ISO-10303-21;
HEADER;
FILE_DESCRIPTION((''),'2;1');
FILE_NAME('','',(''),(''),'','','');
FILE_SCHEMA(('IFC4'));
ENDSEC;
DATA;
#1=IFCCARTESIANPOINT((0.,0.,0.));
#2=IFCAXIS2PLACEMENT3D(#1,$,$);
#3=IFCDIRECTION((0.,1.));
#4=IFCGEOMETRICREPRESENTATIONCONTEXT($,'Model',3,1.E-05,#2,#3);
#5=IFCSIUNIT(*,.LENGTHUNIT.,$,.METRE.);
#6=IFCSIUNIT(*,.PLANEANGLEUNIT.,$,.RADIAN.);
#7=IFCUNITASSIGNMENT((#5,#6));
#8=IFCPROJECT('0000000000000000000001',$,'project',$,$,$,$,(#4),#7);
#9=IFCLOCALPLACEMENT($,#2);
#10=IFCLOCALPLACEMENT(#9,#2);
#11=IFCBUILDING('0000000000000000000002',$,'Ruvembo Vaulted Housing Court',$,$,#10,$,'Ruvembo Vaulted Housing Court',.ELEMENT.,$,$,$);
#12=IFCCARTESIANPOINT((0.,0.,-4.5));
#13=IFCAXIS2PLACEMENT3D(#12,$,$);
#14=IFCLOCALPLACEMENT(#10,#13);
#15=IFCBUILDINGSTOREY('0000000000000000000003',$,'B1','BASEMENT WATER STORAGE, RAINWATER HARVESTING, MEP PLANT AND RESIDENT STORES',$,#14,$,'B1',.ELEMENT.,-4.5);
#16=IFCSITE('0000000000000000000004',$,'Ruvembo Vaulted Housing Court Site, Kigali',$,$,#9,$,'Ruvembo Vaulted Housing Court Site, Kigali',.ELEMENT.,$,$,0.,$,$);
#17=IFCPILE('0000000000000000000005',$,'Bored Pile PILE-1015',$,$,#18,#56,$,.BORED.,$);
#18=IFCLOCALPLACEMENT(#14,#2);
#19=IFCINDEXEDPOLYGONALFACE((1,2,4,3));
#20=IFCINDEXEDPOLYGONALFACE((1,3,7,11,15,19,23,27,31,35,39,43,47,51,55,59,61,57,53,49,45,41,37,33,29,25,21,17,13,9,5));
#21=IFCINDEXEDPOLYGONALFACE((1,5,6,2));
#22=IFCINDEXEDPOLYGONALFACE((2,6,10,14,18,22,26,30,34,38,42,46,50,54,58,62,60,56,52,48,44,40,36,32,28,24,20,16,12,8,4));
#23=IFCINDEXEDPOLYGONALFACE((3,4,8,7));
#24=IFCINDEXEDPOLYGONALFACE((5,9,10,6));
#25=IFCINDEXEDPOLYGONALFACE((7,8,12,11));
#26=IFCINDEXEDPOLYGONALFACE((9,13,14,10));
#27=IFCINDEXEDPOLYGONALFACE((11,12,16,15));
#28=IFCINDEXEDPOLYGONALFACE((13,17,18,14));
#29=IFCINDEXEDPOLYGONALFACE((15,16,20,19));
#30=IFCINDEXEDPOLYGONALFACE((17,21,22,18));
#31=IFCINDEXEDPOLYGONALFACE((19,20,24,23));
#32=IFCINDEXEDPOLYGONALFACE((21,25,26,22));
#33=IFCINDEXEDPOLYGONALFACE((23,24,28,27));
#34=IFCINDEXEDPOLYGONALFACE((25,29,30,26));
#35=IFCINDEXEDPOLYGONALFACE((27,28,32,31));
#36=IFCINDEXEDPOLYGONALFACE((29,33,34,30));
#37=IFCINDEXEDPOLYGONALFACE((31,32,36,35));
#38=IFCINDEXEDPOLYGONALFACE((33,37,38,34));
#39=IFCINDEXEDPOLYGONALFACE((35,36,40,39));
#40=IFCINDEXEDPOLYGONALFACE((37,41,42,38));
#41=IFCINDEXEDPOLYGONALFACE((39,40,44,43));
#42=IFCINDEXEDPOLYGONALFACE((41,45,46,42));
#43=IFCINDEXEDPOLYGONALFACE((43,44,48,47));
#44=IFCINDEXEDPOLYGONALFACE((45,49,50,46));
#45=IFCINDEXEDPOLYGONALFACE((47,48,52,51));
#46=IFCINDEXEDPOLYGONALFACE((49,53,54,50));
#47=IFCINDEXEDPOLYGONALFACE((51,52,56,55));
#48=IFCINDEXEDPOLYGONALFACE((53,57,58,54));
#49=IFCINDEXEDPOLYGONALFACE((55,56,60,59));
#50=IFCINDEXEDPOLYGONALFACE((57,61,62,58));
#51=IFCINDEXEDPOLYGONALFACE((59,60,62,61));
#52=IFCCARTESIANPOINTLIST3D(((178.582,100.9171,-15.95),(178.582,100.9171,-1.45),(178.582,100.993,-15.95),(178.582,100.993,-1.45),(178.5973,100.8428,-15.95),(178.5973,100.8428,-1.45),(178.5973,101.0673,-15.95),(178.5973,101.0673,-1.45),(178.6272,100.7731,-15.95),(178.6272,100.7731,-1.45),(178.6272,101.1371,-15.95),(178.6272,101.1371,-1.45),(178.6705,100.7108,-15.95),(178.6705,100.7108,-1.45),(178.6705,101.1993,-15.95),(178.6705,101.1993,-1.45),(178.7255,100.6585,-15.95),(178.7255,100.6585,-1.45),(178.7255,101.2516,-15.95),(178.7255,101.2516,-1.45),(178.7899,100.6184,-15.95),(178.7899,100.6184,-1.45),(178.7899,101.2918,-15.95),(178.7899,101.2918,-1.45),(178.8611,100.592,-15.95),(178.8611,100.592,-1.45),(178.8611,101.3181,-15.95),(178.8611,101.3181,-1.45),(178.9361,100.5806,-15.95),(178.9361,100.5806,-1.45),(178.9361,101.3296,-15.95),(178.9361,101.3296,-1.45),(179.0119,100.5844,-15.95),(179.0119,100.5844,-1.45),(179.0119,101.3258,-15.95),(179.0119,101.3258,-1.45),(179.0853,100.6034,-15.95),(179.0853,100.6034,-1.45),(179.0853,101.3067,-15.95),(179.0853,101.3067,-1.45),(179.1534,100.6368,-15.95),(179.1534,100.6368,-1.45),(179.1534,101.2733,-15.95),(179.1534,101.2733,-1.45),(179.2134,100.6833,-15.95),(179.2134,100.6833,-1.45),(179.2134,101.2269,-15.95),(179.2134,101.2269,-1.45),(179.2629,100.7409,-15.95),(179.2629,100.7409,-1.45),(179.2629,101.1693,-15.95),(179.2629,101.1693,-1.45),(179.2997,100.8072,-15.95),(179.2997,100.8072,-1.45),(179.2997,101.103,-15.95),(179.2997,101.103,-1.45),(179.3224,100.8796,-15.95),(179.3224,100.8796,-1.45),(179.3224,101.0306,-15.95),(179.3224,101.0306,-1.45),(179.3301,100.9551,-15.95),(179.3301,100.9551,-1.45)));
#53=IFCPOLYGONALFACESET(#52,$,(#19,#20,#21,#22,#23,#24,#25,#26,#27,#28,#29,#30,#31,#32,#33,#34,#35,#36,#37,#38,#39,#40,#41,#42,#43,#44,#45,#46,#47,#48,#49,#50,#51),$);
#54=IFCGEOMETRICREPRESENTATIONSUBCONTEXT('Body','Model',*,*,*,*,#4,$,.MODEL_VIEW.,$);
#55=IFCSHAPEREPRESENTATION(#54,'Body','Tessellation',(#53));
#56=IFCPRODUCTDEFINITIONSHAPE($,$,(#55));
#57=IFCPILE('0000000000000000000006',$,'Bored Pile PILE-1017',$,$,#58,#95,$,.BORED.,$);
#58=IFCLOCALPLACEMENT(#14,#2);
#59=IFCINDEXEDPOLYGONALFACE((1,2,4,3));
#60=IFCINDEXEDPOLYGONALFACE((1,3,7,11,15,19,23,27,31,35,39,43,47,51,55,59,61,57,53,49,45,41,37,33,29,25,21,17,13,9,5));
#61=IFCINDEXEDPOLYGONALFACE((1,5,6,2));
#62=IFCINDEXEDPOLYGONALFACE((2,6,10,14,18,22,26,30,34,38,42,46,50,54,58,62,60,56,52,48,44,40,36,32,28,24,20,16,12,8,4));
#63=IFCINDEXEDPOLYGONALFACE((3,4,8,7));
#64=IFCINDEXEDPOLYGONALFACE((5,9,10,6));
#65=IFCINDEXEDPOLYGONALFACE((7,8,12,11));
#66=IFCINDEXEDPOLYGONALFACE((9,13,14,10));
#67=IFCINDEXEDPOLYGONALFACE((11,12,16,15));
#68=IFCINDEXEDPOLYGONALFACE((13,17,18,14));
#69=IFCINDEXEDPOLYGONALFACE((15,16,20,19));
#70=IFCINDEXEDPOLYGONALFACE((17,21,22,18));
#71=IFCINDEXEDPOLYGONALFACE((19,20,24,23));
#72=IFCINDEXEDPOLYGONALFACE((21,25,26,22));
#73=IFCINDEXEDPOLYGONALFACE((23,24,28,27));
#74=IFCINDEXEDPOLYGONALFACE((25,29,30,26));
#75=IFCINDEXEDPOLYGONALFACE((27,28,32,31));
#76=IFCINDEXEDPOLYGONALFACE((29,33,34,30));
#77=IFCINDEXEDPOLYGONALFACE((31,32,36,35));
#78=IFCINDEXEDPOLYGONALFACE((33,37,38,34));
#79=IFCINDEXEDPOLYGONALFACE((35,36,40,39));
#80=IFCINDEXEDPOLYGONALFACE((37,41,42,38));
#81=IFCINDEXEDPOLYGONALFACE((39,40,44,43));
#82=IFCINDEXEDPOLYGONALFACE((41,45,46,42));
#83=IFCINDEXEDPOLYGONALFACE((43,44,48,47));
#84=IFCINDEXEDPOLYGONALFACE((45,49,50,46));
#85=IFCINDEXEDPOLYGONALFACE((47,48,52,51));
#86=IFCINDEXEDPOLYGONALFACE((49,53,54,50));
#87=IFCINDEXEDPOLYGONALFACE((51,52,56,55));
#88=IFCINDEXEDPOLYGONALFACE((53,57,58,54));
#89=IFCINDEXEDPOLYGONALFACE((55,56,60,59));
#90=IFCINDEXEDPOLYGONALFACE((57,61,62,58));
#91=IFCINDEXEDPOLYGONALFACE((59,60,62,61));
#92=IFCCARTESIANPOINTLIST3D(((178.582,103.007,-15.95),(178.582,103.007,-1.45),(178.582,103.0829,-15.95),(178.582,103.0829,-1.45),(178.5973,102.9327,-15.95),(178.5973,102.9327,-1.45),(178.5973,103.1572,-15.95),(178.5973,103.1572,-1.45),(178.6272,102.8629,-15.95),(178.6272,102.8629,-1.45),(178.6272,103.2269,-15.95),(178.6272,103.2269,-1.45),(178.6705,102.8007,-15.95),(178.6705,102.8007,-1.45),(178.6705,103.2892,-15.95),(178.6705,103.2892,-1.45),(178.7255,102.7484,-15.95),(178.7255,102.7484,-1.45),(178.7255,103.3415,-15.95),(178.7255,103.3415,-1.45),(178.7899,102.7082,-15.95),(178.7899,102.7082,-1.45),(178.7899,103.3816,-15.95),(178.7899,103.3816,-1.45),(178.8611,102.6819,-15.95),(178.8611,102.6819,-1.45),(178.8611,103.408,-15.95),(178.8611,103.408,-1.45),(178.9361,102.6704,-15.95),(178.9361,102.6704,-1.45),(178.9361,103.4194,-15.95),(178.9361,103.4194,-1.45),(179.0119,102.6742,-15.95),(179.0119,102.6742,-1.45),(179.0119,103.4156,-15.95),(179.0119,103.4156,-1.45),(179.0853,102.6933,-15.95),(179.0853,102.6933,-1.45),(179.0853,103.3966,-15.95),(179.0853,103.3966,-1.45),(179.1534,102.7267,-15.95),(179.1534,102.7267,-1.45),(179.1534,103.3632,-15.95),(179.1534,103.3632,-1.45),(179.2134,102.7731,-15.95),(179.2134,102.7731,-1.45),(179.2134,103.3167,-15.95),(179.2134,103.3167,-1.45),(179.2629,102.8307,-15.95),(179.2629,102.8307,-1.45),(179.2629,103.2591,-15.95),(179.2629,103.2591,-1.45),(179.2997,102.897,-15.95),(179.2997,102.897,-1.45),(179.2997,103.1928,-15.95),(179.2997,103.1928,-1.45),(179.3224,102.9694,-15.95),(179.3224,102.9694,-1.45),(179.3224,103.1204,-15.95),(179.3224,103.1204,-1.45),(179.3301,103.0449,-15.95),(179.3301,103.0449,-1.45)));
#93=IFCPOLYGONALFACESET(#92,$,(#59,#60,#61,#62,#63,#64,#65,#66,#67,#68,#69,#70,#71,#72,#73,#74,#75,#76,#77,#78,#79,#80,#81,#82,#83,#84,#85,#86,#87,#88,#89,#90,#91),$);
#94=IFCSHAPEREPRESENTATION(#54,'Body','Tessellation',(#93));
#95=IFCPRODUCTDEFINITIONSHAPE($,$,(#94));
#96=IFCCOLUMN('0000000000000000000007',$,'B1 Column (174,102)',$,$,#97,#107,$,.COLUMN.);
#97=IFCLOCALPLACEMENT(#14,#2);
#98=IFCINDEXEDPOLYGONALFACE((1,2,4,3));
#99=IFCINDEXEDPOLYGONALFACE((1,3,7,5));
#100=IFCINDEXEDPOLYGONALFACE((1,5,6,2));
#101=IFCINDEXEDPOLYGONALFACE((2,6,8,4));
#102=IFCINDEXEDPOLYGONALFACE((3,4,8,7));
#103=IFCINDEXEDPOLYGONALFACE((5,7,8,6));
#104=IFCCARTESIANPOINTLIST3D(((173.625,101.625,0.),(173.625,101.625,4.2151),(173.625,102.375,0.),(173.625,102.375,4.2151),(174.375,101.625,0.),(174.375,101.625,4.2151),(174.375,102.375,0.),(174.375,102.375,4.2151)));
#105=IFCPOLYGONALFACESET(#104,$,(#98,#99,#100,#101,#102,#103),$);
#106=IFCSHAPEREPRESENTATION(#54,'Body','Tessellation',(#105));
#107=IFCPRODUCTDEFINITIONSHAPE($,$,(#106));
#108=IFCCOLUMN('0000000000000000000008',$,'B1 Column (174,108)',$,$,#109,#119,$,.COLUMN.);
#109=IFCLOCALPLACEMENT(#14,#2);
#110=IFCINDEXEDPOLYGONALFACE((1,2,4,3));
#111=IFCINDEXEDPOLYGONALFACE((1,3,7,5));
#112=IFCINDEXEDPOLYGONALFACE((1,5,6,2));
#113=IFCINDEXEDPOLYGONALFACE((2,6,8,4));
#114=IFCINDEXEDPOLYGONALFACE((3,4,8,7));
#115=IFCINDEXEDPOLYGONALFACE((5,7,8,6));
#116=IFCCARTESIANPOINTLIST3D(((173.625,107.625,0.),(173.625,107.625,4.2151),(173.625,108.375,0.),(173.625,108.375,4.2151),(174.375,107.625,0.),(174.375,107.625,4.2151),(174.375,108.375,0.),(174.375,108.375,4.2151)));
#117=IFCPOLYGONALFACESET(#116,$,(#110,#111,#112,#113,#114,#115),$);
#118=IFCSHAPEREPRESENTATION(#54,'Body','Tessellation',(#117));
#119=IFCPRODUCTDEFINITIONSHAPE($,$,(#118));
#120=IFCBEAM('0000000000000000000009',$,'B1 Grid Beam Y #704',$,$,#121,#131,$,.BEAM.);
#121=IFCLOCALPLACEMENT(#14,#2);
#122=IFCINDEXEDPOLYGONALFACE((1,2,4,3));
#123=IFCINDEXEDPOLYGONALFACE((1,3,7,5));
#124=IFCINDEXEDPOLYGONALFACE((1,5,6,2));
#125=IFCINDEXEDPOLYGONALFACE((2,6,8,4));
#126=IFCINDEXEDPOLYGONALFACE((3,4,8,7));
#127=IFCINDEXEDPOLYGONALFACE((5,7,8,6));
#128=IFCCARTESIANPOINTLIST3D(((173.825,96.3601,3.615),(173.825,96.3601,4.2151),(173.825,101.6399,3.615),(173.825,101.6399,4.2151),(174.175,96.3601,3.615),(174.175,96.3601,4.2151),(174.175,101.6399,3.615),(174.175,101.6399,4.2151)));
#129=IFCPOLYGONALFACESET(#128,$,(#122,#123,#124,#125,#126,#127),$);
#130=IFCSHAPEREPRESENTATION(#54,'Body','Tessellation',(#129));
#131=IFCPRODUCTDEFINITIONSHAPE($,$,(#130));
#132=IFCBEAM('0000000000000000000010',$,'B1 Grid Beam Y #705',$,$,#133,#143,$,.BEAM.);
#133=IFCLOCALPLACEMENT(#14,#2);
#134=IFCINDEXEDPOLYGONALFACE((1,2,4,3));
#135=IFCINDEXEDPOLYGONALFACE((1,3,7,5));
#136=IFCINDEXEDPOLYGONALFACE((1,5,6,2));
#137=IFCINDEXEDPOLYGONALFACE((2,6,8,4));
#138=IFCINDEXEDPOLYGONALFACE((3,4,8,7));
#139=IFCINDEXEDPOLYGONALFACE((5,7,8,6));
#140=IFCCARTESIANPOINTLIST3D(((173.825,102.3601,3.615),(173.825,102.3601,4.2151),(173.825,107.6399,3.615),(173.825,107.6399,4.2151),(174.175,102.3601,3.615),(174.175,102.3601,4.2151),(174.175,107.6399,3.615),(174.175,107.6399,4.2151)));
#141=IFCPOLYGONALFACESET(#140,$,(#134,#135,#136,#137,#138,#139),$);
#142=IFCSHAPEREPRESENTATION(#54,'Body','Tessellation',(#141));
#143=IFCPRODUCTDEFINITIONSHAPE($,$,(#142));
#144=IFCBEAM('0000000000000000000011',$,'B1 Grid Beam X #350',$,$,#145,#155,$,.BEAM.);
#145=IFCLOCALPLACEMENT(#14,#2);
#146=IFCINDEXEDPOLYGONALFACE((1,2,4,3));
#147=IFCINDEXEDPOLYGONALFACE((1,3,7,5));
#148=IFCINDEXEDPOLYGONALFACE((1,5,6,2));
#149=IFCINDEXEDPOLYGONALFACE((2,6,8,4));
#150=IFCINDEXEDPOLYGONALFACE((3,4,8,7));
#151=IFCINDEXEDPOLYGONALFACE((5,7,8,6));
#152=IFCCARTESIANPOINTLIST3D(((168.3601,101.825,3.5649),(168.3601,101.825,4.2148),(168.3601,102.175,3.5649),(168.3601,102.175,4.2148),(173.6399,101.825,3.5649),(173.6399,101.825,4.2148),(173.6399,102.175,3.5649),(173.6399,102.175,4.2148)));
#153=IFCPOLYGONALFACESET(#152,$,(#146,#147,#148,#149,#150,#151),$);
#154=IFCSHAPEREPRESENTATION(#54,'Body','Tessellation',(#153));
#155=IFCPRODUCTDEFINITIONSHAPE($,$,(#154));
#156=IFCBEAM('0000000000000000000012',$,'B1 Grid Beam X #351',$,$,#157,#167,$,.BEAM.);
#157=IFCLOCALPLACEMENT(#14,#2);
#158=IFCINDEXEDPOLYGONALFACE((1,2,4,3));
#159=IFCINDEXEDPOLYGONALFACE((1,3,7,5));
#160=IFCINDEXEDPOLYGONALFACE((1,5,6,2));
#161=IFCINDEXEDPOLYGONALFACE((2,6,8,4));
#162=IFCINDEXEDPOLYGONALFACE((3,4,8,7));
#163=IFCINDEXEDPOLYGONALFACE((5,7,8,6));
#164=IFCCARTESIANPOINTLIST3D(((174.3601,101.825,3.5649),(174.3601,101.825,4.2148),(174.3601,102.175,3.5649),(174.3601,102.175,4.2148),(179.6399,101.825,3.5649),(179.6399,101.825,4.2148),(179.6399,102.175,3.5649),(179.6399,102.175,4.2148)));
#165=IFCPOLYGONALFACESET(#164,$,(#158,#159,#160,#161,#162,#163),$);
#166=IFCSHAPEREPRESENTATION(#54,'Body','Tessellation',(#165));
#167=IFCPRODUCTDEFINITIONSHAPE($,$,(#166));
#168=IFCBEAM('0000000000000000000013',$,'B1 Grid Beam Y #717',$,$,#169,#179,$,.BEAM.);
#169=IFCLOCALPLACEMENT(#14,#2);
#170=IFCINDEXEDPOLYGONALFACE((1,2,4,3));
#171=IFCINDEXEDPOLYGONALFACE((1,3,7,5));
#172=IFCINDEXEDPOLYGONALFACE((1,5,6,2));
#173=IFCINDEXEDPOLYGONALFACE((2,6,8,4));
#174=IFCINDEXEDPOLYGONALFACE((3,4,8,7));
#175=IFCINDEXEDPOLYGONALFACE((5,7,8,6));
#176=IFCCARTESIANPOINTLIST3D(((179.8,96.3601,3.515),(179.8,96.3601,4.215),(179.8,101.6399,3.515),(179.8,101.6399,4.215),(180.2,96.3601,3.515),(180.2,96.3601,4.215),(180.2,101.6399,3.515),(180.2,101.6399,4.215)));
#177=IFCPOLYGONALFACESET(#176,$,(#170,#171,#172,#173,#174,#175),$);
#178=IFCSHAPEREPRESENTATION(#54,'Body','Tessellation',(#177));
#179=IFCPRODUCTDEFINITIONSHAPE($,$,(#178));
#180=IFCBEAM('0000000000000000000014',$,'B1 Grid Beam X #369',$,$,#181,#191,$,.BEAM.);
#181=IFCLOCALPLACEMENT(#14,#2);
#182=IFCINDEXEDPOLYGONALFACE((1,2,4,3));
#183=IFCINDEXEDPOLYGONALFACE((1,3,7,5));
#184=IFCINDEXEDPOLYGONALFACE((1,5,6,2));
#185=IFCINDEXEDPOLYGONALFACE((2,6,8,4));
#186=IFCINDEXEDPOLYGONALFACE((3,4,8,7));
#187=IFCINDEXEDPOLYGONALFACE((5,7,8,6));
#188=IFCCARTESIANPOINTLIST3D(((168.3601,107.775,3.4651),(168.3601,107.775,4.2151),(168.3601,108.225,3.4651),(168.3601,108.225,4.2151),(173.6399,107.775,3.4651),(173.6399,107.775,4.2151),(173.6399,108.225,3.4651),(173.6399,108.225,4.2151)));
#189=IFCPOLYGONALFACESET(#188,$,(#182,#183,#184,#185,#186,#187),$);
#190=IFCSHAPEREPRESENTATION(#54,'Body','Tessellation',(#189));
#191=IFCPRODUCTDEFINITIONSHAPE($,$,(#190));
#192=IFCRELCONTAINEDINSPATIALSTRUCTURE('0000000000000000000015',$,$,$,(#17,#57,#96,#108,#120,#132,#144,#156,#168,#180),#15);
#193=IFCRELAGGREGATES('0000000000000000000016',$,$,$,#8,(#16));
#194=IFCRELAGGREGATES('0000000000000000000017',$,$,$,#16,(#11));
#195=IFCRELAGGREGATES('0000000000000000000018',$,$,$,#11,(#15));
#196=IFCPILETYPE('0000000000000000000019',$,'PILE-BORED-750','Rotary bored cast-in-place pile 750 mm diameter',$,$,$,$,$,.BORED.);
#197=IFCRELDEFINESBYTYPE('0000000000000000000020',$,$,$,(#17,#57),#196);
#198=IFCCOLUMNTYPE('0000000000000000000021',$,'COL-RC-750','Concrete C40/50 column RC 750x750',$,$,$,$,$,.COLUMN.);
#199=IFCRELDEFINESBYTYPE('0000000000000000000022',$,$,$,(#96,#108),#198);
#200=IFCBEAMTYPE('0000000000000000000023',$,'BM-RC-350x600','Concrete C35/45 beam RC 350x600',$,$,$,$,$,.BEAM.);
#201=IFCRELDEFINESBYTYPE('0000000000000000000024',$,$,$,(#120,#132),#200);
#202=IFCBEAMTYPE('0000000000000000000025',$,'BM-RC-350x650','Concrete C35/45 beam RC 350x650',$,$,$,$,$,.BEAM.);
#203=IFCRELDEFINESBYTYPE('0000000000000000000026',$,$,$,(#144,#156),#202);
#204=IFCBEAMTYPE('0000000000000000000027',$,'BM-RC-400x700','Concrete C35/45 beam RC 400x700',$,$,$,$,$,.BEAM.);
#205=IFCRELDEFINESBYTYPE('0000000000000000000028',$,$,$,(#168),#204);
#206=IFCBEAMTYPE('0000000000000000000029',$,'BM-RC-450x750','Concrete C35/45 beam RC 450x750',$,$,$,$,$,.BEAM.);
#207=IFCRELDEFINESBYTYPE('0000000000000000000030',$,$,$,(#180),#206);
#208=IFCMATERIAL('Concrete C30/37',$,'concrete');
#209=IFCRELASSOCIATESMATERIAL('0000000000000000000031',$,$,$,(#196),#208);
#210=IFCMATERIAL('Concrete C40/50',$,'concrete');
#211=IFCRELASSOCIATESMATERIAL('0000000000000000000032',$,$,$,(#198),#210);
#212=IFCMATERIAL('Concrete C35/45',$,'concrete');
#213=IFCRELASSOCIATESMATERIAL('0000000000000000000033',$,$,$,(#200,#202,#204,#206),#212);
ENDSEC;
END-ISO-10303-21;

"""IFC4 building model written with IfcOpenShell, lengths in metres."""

from ifc_helpers import new_model, si_unit, direction, frame, origin, origin_2d, place, context, subcontext, project, spatial, rectangle, circle, extrude, material, material_profile, profile_set, type_object, element, save


model = new_model("IFC4")

# Units and contexts
model_context = context("Model", 3, precision=1e-05, world=origin(), true_north=direction((0.0, 1.0)))
body_context = subcontext(model_context, "Body", "Model", "MODEL_VIEW")
ifc_project = project(units=[si_unit("LENGTHUNIT", "METRE"), si_unit("PLANEANGLEUNIT", "RADIAN")], contexts=[model_context])

# Site, building, storey
site_placement = place(None, origin())
site = spatial("IfcSite", under=ifc_project, at=site_placement, Name="Ruvembo Vaulted Housing Court Site, Kigali", LongName="Ruvembo Vaulted Housing Court Site, Kigali", CompositionType="ELEMENT", RefElevation=0.0)
building_placement = place(site_placement, origin())
building = spatial("IfcBuilding", under=site, at=building_placement, Name="Ruvembo Vaulted Housing Court", LongName="Ruvembo Vaulted Housing Court", CompositionType="ELEMENT")
storey_placement = place(building_placement, frame((0.0, 0.0, -4.5)))
storey = spatial("IfcBuildingStorey", under=building, at=storey_placement, Name="B1", Description="BASEMENT WATER STORAGE, RAINWATER HARVESTING, MEP PLANT AND RESIDENT STORES", LongName="B1", CompositionType="ELEMENT", Elevation=-4.5)

# Shared definitions
ifc_material_1 = material(Name="Concrete C35/45", Category="concrete")

# Piles
ifc_material_2 = material(Name="Concrete C30/37", Category="concrete")
ifc_material_profile_1 = material_profile(ifc_material_2, circle(Radius=0.375, at=origin_2d()), Name="PILE D750")
ifc_profile_set_1 = profile_set([ifc_material_profile_1], Name="Concrete C30/37")
pile_type_1 = type_object("IfcPileType", Name="PILE-BORED-750", Description="Rotary bored cast-in-place pile 750 mm diameter", PredefinedType="BORED", material=ifc_profile_set_1)
for number, where, z_axis, x_axis, name in (
    (1, (178.9551, 100.9551, -1.45), (0.0, 0.0, -1.0), (1.0, 0.0, 0.0), "Bored Pile PILE-1015"),
    (2, (178.9551, 103.0449, -1.45), (0.0, 0.0, -1.0), (1.0, 0.0, 0.0), "Bored Pile PILE-1017"),
):
    element("IfcPile", number, at=place(storey_placement, frame(where, z_axis=z_axis, x_axis=x_axis)), inside=storey, type_object=pile_type_1, Name=name, PredefinedType="BORED", context=body_context, shape_type="SweptSolid", body=[
        extrude(circle(Radius=0.375, at=origin_2d()), origin(), (0.0, 0.0, 1.0), 14.5),
    ])

# Columns
ifc_material_3 = material(Name="Concrete C40/50", Category="concrete")
ifc_material_profile_2 = material_profile(ifc_material_3, rectangle(XDim=0.75, YDim=0.75, at=origin_2d()), Name="RC 750x750")
ifc_profile_set_2 = profile_set([ifc_material_profile_2], Name="Concrete C40/50")
column_type = type_object("IfcColumnType", Name="COL-RC-750", Description="Concrete C40/50 column RC 750x750", PredefinedType="COLUMN", material=ifc_profile_set_2)
for number, where, z_axis, x_axis, name in (
    (3, (174.0, 102.0, 0.0), (0.0, 0.0, 1.0), (1.0, 0.0, 0.0), "B1 Column (174,102)"),
    (4, (174.0, 108.0, 0.0), (0.0, 0.0, 1.0), (1.0, 0.0, 0.0), "B1 Column (174,108)"),
):
    element("IfcColumn", number, at=place(storey_placement, frame(where, z_axis=z_axis, x_axis=x_axis)), inside=storey, type_object=column_type, Name=name, PredefinedType="COLUMN", context=body_context, shape_type="SweptSolid", body=[
        extrude(rectangle(XDim=0.75, YDim=0.75, at=origin_2d()), origin(), (0.0, 0.0, 1.0), 4.2151),
    ])

# Beams
ifc_material_profile_3 = material_profile(ifc_material_1, rectangle(XDim=0.3501, YDim=0.6001, at=origin_2d()), Name="RC 350x600")
ifc_profile_set_3 = profile_set([ifc_material_profile_3], Name="Concrete C35/45")
beam_type_1 = type_object("IfcBeamType", Name="BM-RC-350x600", Description="Concrete C35/45 beam RC 350x600", PredefinedType="BEAM", material=ifc_profile_set_3)
for number, where, z_axis, x_axis, name in (
    (5, (174.0, 96.3601, 3.915), (0.0, 1.0, 0.0), (-1.0, 0.0, 0.0), "B1 Grid Beam Y #704"),
    (6, (174.0, 102.3601, 3.915), (0.0, 1.0, 0.0), (-1.0, 0.0, 0.0), "B1 Grid Beam Y #705"),
):
    element("IfcBeam", number, at=place(storey_placement, frame(where, z_axis=z_axis, x_axis=x_axis)), inside=storey, type_object=beam_type_1, Name=name, PredefinedType="BEAM", context=body_context, shape_type="SweptSolid", body=[
        extrude(rectangle(XDim=0.3501, YDim=0.6001, at=origin_2d()), origin(), (0.0, 0.0, 1.0), 5.2798),
    ])
ifc_material_profile_4 = material_profile(ifc_material_1, rectangle(XDim=0.3501, YDim=0.6499, at=origin_2d()), Name="RC 350x650")
ifc_profile_set_4 = profile_set([ifc_material_profile_4], Name="Concrete C35/45")
beam_type_2 = type_object("IfcBeamType", Name="BM-RC-350x650", Description="Concrete C35/45 beam RC 350x650", PredefinedType="BEAM", material=ifc_profile_set_4)
for number, where, z_axis, x_axis, name in (
    (7, (168.3601, 102.0, 3.8899), (1.0, 0.0, 0.0), (0.0, 1.0, 0.0), "B1 Grid Beam X #350"),
    (8, (174.3601, 102.0, 3.8899), (1.0, 0.0, 0.0), (0.0, 1.0, 0.0), "B1 Grid Beam X #351"),
):
    element("IfcBeam", number, at=place(storey_placement, frame(where, z_axis=z_axis, x_axis=x_axis)), inside=storey, type_object=beam_type_2, Name=name, PredefinedType="BEAM", context=body_context, shape_type="SweptSolid", body=[
        extrude(rectangle(XDim=0.3501, YDim=0.6499, at=origin_2d()), origin(), (0.0, 0.0, 1.0), 5.2798),
    ])
ifc_material_profile_5 = material_profile(ifc_material_1, rectangle(XDim=0.3999, YDim=0.7, at=origin_2d()), Name="RC 400x700")
ifc_profile_set_5 = profile_set([ifc_material_profile_5], Name="Concrete C35/45")
beam_type_3 = type_object("IfcBeamType", Name="BM-RC-400x700", Description="Concrete C35/45 beam RC 400x700", PredefinedType="BEAM", material=ifc_profile_set_5)
beam_placement = place(storey_placement, frame((180.0, 96.3601, 3.865), z_axis=(0.0, 1.0, 0.0), x_axis=(-1.0, 0.0, 0.0)))
element("IfcBeam", 9, at=beam_placement, inside=storey, type_object=beam_type_3, Name="B1 Grid Beam Y #717", PredefinedType="BEAM", context=body_context, shape_type="SweptSolid", body=[
    extrude(rectangle(XDim=0.3999, YDim=0.7, at=origin_2d()), origin(), (0.0, 0.0, 1.0), 5.2798),
])
ifc_material_profile_6 = material_profile(ifc_material_1, rectangle(XDim=0.45, YDim=0.75, at=origin_2d()), Name="RC 450x750")
ifc_profile_set_6 = profile_set([ifc_material_profile_6], Name="Concrete C35/45")
beam_type_4 = type_object("IfcBeamType", Name="BM-RC-450x750", Description="Concrete C35/45 beam RC 450x750", PredefinedType="BEAM", material=ifc_profile_set_6)
for number, where, z_axis, x_axis, name in (
    (10, (168.3601, 108.0, 3.8401), (1.0, 0.0, 0.0), (0.0, 1.0, 0.0), "B1 Grid Beam X #369"),
):
    element("IfcBeam", number, at=place(storey_placement, frame(where, z_axis=z_axis, x_axis=x_axis)), inside=storey, type_object=beam_type_4, Name=name, PredefinedType="BEAM", context=body_context, shape_type="SweptSolid", body=[
        extrude(rectangle(XDim=0.45, YDim=0.75, at=origin_2d()), origin(), (0.0, 0.0, 1.0), 5.2798),
    ])

save(model, "model.ifc")
